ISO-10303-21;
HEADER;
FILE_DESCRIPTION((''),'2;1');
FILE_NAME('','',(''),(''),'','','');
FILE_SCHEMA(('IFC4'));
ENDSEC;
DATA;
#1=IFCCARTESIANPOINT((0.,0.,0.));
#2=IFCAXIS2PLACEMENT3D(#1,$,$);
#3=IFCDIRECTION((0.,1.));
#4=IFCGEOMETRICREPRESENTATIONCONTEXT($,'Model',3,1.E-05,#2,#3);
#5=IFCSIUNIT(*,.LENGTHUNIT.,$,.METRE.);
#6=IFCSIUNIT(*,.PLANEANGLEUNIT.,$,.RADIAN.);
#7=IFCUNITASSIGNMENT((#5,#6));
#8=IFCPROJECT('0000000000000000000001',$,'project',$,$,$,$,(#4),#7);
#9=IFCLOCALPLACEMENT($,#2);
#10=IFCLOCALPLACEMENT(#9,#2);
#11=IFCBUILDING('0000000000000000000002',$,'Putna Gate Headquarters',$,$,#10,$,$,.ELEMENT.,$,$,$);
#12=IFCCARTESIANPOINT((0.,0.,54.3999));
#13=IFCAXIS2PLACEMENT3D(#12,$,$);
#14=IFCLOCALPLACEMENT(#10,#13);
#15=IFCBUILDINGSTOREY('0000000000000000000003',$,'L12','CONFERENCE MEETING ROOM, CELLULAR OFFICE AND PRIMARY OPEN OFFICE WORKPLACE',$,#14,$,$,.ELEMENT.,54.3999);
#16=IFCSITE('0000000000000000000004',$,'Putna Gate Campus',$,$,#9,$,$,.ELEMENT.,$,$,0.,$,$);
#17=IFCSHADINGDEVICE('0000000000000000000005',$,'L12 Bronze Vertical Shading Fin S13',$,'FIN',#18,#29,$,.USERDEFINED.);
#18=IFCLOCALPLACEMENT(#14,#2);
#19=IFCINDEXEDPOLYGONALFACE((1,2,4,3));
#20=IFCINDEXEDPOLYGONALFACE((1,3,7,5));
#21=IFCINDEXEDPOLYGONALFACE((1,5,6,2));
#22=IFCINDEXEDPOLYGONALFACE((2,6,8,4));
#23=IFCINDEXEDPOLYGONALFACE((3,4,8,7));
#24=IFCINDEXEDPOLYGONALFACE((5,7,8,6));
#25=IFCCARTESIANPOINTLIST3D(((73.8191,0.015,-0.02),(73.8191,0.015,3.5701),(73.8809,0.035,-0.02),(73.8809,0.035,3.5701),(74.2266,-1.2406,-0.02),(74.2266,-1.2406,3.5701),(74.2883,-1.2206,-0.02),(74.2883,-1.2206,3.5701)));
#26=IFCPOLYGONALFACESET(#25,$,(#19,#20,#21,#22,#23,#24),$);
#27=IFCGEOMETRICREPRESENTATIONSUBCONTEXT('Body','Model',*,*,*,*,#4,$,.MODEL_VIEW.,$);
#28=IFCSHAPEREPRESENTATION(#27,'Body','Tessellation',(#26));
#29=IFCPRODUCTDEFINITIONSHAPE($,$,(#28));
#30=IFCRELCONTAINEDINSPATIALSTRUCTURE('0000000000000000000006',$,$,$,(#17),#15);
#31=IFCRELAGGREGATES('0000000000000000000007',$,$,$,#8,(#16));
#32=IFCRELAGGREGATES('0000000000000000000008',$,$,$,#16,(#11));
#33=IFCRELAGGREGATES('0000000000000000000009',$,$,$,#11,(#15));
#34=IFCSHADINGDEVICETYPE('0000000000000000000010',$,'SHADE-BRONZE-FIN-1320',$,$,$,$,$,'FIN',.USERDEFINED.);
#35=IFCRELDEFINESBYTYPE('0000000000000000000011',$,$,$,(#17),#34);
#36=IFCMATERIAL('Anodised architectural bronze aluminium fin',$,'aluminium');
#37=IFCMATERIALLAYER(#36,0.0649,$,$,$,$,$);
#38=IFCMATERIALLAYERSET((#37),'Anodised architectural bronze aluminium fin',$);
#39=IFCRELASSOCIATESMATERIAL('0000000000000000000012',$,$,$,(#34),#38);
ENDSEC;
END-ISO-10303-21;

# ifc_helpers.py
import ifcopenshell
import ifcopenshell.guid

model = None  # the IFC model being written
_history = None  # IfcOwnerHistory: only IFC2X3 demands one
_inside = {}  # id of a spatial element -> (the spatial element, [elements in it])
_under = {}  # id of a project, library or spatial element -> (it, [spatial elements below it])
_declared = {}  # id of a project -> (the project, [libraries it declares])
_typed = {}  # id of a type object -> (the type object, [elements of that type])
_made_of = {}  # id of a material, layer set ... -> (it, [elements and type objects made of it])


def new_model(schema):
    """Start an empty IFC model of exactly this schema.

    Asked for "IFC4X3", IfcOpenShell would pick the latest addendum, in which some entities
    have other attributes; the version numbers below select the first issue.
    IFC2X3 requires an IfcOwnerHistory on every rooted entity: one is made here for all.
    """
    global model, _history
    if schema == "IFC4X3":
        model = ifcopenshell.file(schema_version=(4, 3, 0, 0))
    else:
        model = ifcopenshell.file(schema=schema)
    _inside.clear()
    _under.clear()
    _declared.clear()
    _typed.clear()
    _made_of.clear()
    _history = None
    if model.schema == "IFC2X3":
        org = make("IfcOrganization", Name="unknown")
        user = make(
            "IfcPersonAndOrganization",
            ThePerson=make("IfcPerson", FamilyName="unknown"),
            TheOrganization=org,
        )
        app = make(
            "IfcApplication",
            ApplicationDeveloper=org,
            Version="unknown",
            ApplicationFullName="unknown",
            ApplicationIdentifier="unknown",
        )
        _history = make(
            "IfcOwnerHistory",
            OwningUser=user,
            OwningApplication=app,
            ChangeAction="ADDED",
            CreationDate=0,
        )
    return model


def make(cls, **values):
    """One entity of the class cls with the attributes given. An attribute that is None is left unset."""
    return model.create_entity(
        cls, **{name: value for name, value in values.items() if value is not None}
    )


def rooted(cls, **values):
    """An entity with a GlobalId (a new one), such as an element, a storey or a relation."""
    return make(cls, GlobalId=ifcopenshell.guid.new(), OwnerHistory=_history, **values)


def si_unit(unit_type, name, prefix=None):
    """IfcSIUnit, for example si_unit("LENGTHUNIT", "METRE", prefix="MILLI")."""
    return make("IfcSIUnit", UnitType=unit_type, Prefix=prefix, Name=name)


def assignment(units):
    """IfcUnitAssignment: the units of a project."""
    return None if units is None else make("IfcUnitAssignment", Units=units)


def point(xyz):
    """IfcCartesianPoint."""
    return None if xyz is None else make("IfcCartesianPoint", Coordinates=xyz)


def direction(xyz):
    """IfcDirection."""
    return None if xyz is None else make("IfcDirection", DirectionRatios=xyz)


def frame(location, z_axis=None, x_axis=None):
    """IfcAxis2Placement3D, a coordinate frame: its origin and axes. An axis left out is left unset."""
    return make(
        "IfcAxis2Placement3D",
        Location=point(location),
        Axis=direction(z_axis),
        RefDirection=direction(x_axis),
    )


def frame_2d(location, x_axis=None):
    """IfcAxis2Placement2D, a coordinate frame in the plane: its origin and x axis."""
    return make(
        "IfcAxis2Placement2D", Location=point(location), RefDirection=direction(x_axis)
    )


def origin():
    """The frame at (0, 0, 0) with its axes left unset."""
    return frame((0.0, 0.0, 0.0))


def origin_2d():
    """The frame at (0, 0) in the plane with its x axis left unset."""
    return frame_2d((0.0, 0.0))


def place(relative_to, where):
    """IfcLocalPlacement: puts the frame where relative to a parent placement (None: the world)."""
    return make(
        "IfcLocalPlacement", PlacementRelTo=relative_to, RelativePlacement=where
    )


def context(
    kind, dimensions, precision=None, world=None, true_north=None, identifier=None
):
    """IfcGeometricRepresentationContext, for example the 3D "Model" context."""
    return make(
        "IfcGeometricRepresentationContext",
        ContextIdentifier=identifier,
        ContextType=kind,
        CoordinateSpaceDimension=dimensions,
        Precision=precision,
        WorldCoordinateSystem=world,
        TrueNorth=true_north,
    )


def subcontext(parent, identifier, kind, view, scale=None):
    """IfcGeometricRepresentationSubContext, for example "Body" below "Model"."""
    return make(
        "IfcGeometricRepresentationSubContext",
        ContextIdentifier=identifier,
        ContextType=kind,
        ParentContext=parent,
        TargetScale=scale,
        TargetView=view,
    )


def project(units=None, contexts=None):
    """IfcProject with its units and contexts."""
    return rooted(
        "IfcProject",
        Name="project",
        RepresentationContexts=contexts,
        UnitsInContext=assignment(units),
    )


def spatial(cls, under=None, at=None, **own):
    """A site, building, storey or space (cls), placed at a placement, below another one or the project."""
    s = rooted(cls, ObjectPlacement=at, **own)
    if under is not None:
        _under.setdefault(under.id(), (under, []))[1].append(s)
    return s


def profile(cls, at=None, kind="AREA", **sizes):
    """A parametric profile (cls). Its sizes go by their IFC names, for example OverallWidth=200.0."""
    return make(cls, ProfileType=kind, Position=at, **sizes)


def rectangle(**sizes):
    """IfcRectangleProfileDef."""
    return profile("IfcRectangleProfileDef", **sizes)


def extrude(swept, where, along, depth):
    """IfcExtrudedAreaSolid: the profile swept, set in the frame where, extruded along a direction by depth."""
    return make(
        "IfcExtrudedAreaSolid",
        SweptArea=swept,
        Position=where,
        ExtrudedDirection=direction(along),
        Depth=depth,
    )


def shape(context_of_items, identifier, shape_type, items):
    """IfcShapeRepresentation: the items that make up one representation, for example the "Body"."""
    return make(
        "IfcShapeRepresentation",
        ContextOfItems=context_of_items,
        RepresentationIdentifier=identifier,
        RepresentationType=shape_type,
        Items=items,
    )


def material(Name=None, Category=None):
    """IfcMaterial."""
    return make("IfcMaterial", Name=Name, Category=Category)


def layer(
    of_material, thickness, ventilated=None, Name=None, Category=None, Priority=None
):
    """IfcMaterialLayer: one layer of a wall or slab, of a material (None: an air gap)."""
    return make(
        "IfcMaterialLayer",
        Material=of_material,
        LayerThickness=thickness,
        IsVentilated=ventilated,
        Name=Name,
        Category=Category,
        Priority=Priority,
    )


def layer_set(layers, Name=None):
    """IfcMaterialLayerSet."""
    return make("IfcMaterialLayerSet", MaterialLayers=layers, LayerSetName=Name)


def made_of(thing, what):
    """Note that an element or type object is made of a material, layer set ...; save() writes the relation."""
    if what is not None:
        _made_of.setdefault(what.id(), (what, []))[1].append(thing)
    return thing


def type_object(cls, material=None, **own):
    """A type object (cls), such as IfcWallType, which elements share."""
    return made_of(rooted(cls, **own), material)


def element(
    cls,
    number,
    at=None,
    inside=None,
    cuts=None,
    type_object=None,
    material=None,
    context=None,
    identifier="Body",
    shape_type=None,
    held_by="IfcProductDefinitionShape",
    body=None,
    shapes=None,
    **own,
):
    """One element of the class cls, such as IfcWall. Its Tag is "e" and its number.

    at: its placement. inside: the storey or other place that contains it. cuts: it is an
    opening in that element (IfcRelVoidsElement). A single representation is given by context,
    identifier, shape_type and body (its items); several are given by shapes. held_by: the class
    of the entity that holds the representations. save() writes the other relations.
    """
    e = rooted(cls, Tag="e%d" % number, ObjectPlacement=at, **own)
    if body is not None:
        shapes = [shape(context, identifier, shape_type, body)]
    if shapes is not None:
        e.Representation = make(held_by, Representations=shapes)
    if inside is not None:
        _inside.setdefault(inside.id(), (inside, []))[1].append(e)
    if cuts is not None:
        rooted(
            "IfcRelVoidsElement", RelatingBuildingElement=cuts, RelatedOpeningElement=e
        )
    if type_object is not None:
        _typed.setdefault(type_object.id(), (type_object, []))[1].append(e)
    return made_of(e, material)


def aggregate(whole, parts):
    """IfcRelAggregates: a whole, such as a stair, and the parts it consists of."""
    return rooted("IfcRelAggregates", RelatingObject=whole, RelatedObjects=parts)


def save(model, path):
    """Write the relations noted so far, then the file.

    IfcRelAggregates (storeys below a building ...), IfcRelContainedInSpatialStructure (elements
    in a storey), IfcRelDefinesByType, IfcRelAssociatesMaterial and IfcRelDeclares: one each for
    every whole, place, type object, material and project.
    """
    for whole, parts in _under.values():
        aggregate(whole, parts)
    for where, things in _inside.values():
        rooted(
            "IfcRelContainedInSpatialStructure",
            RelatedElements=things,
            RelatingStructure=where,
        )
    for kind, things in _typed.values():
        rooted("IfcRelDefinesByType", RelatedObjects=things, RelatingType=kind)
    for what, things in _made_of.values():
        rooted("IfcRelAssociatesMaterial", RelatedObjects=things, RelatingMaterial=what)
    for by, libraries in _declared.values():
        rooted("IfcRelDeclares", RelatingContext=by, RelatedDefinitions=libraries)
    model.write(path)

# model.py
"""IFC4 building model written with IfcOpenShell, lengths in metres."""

from ifc_helpers import new_model, si_unit, direction, frame, origin, origin_2d, place, context, subcontext, project, spatial, rectangle, extrude, material, layer, layer_set, type_object, element, save


model = new_model("IFC4")

# Units and contexts
model_context = context("Model", 3, precision=1e-05, world=origin(), true_north=direction((0.0, 1.0)))
body_context = subcontext(model_context, "Body", "Model", "MODEL_VIEW")
ifc_project = project(units=[si_unit("LENGTHUNIT", "METRE"), si_unit("PLANEANGLEUNIT", "RADIAN")], contexts=[model_context])

# Site, building, storey
site_placement = place(None, origin())
site = spatial("IfcSite", under=ifc_project, at=site_placement, Name="Putna Gate Campus", CompositionType="ELEMENT", RefElevation=0.0)
building_placement = place(site_placement, origin())
building = spatial("IfcBuilding", under=site, at=building_placement, Name="Putna Gate Headquarters", CompositionType="ELEMENT")
storey_placement = place(building_placement, frame((0.0, 0.0, 54.3999)))
storey = spatial("IfcBuildingStorey", under=building, at=storey_placement, Name="L12", Description="CONFERENCE MEETING ROOM, CELLULAR OFFICE AND PRIMARY OPEN OFFICE WORKPLACE", CompositionType="ELEMENT", Elevation=54.3999)

# Shading device
ifc_material_1 = material(Name="Anodised architectural bronze aluminium fin", Category="aluminium")
ifc_layer_1 = layer(ifc_material_1, 0.0649)
ifc_layer_set_1 = layer_set([ifc_layer_1], Name="Anodised architectural bronze aluminium fin")
shading_device_type = type_object("IfcShadingDeviceType", Name="SHADE-BRONZE-FIN-1320", ElementType="FIN", PredefinedType="USERDEFINED", material=ifc_layer_set_1)
for number, where, z_axis, x_axis, name in (
    (1, (74.0537, -0.6028, -0.02), (0.0, 0.0, 1.0), (0.308685, -0.951164, 0.0), "L12 Bronze Vertical Shading Fin S13"),
):
    element("IfcShadingDevice", number, at=place(storey_placement, frame(where, z_axis=z_axis, x_axis=x_axis)), inside=storey, type_object=shading_device_type, Name=name, ObjectType="FIN", PredefinedType="USERDEFINED", context=body_context, shape_type="SweptSolid", body=[
        extrude(rectangle(XDim=1.3201, YDim=0.0649, at=origin_2d()), origin(), (0.0, 0.0, 1.0), 3.5901),
    ])

save(model, "model.ifc")
